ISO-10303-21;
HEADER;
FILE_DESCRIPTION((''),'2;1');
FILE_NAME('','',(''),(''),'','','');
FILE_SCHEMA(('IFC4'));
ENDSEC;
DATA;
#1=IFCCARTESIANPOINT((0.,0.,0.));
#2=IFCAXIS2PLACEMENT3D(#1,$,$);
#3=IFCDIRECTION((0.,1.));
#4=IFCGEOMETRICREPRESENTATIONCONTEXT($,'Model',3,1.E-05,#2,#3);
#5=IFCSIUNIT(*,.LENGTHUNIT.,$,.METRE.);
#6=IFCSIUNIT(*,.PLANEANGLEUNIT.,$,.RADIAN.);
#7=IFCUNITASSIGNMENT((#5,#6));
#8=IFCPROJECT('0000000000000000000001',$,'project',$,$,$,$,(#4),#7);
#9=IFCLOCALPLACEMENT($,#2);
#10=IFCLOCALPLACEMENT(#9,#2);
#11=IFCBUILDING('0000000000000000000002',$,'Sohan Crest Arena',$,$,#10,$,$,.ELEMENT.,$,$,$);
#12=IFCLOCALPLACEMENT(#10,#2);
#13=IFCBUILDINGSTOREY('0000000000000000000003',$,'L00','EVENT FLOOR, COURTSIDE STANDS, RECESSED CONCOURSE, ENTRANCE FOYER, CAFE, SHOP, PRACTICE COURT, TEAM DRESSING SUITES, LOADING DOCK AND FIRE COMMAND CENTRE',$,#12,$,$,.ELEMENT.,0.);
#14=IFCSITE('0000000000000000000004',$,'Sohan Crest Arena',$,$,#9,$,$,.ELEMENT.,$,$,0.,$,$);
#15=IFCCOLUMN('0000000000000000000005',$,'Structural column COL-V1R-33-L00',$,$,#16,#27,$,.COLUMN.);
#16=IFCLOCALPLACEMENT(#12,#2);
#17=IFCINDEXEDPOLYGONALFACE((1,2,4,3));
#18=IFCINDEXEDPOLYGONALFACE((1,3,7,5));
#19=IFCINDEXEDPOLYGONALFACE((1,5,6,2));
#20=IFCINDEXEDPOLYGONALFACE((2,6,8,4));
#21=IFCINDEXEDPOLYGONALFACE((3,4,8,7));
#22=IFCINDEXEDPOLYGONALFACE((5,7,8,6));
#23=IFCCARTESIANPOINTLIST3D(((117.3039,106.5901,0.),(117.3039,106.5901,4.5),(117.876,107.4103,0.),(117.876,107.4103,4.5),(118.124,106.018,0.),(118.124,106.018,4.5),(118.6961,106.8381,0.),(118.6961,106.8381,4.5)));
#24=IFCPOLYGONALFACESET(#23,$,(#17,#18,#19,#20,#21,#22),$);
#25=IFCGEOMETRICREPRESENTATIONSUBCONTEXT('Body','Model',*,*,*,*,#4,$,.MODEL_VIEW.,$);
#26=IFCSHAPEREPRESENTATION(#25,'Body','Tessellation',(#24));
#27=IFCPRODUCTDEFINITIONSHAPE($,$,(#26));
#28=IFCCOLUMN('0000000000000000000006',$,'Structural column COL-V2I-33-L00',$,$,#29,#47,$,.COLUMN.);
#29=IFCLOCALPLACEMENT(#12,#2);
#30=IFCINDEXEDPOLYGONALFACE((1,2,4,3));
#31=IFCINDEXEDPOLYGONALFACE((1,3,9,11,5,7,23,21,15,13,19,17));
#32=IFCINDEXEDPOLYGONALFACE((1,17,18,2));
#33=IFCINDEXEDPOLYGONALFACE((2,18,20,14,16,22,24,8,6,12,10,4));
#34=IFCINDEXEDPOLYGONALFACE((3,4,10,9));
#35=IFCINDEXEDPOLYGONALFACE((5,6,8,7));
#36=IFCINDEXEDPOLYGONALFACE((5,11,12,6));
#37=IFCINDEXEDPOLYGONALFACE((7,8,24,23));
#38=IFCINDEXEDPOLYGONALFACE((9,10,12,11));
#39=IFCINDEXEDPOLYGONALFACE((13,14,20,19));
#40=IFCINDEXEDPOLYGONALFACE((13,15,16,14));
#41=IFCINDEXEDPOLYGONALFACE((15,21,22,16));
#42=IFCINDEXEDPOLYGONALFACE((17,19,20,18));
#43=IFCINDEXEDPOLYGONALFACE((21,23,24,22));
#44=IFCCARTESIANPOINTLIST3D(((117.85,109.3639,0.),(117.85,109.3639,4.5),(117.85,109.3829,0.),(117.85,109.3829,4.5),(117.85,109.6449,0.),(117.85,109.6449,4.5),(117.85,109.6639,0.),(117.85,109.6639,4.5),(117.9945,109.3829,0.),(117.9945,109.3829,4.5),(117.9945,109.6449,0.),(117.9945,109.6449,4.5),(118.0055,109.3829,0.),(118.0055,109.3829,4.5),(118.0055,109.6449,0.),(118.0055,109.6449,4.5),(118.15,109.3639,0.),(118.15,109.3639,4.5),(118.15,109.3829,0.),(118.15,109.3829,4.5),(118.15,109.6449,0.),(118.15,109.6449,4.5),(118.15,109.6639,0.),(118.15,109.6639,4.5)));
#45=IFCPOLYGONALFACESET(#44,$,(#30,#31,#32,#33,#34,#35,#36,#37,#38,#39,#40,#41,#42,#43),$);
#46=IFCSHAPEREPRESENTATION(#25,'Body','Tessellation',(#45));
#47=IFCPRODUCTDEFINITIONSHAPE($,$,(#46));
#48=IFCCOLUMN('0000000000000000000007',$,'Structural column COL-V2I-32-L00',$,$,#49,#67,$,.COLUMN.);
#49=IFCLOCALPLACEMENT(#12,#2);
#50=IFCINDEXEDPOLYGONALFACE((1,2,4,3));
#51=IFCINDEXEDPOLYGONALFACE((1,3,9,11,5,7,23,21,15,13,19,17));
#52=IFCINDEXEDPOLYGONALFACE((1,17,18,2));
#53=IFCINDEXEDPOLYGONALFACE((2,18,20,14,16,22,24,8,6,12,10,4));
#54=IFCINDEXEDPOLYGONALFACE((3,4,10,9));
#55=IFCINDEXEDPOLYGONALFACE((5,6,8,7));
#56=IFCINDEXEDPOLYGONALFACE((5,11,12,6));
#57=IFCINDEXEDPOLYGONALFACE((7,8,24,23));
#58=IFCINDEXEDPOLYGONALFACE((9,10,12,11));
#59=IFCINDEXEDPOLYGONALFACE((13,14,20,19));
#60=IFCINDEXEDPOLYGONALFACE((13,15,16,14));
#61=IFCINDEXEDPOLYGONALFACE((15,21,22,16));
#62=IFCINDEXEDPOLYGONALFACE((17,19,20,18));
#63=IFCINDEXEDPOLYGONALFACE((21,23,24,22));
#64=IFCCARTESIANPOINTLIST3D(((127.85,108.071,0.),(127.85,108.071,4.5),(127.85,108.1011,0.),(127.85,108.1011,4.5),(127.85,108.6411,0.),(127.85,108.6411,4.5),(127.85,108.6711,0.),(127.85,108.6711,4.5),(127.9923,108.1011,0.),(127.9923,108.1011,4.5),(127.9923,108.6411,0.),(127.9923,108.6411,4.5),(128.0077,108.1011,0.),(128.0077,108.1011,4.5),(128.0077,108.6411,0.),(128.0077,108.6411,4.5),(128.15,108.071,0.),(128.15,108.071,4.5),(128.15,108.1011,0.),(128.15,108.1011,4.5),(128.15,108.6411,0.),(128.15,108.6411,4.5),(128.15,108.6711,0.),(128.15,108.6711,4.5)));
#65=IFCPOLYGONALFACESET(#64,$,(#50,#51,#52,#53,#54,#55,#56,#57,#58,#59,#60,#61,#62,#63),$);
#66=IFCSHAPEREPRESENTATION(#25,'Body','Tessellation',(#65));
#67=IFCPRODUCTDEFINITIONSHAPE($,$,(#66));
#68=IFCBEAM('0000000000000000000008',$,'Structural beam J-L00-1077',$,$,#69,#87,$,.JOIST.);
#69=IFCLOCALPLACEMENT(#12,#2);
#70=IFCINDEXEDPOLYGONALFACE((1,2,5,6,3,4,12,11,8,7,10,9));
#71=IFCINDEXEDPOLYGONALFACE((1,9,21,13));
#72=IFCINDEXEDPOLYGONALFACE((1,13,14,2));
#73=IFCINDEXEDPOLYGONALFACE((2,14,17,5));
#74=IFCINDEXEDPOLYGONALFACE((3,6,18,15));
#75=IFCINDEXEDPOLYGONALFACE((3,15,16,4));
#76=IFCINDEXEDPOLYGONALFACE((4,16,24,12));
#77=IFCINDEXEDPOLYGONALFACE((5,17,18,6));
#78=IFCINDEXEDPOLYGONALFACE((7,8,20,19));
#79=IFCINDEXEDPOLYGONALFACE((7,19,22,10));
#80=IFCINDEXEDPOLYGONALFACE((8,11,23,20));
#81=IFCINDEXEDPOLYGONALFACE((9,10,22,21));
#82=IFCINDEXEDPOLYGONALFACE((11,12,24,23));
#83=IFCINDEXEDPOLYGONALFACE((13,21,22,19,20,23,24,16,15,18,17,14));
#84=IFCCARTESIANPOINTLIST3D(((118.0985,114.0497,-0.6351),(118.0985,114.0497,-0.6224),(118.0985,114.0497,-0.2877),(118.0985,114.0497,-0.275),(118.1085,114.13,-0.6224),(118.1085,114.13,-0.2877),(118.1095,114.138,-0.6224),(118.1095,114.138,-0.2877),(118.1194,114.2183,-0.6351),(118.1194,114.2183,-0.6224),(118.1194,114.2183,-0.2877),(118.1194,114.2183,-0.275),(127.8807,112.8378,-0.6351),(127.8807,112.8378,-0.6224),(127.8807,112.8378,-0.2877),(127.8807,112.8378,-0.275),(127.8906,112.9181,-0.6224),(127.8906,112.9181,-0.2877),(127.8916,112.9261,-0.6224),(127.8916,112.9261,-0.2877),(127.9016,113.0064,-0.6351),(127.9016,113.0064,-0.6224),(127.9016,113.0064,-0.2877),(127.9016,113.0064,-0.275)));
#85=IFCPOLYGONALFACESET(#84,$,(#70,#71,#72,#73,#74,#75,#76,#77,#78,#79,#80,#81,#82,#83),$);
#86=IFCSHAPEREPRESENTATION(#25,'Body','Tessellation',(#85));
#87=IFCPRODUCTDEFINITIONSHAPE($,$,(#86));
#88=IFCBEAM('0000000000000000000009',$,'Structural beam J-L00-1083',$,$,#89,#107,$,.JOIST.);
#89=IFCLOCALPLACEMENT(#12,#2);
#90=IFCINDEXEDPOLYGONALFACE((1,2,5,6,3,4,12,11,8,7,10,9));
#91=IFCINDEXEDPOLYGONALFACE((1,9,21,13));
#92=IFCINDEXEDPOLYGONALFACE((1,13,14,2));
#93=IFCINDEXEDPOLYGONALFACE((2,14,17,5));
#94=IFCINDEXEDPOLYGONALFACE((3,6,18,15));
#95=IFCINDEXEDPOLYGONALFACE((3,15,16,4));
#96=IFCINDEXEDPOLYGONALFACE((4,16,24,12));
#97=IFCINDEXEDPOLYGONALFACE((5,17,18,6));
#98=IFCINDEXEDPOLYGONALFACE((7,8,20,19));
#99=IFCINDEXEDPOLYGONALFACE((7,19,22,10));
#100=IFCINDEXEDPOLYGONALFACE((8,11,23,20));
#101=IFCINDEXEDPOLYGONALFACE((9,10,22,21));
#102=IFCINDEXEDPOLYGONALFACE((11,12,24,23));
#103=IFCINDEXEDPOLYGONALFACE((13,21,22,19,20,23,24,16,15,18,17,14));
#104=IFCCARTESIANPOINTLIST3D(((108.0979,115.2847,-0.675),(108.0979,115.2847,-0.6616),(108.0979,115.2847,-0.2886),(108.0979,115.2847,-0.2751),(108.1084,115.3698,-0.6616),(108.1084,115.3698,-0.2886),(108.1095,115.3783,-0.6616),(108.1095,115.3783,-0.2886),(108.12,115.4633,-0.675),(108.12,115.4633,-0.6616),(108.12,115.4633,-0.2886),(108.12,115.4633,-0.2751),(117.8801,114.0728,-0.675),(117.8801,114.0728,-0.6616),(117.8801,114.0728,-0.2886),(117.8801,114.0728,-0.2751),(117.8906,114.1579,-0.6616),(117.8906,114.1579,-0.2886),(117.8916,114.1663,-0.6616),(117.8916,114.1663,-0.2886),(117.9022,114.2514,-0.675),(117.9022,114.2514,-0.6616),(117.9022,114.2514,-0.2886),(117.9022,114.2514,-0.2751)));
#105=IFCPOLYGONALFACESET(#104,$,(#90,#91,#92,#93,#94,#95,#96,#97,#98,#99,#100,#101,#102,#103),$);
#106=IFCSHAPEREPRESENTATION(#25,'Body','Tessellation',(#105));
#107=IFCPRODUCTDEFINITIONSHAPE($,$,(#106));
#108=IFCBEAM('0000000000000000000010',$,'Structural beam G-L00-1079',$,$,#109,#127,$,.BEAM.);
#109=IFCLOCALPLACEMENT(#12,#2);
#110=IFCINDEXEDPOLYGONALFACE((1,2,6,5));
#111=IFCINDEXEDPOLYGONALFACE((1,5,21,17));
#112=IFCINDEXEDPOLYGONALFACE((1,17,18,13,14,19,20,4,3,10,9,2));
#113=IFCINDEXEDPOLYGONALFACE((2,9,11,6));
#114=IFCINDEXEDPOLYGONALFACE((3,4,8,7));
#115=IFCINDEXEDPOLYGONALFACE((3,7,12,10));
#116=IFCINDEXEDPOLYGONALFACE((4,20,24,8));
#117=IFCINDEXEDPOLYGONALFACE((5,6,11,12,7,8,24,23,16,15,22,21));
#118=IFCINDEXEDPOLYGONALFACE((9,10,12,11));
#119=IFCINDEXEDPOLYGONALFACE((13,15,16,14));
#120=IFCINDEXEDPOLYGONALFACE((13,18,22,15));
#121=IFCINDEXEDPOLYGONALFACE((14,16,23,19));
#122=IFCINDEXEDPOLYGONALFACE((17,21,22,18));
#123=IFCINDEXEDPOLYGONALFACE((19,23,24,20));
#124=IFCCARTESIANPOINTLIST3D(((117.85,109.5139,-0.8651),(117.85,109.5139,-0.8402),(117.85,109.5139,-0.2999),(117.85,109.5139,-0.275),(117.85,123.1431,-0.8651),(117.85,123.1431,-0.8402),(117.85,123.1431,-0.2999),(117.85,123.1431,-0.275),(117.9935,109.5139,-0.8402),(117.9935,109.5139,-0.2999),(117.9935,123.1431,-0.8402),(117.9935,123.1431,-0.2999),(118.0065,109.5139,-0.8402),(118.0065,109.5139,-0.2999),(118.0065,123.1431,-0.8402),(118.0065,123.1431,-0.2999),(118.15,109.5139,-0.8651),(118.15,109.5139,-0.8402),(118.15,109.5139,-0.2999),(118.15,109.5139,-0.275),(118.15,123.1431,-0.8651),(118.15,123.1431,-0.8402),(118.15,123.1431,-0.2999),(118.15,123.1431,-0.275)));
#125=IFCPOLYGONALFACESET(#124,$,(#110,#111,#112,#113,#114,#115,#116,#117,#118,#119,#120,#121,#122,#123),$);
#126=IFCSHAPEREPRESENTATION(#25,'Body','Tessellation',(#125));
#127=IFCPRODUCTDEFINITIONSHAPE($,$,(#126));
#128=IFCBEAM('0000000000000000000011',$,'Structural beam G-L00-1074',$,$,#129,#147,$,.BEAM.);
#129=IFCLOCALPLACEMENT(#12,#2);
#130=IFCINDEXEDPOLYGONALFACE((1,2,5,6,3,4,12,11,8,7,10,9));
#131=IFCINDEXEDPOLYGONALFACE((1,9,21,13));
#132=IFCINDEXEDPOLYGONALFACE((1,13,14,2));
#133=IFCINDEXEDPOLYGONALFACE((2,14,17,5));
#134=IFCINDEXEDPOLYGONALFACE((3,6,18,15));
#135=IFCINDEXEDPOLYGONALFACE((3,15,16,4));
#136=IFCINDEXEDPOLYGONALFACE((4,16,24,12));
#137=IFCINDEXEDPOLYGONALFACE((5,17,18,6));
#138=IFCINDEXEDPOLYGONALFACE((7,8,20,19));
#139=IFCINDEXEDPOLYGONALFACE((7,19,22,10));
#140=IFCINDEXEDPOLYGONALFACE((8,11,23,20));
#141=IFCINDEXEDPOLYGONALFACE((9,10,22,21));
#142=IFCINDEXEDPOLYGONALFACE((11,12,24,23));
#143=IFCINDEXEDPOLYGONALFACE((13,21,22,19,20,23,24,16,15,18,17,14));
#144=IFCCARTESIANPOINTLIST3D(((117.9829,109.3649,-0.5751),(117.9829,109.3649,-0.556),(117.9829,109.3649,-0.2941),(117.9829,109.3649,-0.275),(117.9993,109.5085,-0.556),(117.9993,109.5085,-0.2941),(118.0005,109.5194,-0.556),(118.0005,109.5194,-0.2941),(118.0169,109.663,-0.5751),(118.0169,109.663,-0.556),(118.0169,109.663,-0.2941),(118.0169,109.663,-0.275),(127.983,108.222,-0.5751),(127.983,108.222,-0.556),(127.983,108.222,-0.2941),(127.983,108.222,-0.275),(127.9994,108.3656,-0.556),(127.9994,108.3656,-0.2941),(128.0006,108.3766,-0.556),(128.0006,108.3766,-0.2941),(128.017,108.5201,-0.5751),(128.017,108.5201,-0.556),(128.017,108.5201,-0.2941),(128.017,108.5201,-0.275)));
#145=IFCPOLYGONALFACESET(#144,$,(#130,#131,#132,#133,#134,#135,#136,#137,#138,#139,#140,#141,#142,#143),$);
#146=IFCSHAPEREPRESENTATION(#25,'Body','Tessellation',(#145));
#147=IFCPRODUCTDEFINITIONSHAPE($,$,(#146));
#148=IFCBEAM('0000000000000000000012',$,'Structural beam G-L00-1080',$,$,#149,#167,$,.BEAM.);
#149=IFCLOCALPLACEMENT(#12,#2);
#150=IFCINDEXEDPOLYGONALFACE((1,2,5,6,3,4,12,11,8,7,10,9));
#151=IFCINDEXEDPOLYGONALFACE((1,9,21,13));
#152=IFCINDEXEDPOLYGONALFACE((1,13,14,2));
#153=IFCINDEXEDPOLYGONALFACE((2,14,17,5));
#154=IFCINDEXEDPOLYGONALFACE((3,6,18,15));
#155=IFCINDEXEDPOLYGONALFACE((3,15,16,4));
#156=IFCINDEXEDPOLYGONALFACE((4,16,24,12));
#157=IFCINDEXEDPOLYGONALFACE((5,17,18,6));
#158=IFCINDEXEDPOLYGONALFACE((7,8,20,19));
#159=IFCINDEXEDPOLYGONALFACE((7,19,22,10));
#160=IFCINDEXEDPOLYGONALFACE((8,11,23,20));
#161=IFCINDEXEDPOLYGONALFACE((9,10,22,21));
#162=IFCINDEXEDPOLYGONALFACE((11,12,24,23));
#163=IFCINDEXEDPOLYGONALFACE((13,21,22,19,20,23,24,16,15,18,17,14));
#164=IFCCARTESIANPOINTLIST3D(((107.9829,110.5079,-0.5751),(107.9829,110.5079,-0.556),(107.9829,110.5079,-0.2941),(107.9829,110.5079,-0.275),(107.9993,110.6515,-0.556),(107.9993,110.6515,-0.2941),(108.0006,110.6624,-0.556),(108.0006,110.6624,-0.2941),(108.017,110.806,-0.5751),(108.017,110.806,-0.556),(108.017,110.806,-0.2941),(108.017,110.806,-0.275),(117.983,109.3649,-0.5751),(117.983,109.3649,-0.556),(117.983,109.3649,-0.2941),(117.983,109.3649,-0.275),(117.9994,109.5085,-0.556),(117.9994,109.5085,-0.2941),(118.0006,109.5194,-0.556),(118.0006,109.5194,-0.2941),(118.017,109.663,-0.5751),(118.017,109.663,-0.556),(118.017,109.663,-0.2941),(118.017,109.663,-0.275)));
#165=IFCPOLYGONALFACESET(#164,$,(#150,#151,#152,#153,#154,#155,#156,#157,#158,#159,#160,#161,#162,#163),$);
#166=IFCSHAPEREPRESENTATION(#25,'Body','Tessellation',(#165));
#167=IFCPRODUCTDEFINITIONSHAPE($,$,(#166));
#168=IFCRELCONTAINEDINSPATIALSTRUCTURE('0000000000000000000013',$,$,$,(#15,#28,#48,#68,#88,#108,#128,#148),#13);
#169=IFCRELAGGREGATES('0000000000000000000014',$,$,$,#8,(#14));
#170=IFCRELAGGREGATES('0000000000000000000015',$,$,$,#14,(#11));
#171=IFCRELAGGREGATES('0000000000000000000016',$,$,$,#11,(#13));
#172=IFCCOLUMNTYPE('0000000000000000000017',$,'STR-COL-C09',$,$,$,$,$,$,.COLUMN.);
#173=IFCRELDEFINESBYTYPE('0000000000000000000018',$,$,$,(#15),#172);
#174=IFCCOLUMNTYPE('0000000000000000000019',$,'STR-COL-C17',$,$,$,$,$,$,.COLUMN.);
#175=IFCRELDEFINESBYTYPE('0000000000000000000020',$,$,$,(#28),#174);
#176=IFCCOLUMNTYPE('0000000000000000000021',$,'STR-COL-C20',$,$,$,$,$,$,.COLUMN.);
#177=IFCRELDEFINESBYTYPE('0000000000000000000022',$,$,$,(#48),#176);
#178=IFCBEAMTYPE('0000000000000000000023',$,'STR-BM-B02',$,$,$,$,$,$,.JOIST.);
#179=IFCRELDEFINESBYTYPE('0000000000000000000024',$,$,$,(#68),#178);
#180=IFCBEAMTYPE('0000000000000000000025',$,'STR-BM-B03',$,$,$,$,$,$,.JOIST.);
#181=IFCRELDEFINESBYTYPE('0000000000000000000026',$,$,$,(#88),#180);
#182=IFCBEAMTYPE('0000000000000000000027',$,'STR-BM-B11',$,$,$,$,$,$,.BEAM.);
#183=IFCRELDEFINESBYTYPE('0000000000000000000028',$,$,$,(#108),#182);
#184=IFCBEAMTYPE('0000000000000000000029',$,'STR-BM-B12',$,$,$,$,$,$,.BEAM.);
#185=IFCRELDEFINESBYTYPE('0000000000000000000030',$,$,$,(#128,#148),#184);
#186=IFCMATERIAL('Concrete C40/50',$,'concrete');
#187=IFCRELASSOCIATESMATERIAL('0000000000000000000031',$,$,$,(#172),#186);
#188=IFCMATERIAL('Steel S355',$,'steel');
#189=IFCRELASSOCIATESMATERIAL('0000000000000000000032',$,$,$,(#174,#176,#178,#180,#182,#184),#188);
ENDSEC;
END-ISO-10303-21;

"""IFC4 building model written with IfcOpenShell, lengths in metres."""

from ifc_helpers import new_model, si_unit, direction, frame, origin, origin_2d, place, context, subcontext, project, spatial, rectangle, i_section, extrude, material, material_profile, profile_set, type_object, element, save


model = new_model("IFC4")

# Units and contexts
model_context = context("Model", 3, precision=1e-05, world=origin(), true_north=direction((0.0, 1.0)))
body_context = subcontext(model_context, "Body", "Model", "MODEL_VIEW")
ifc_project = project(units=[si_unit("LENGTHUNIT", "METRE"), si_unit("PLANEANGLEUNIT", "RADIAN")], contexts=[model_context])

# Site, building, storey
site_placement = place(None, origin())
site = spatial("IfcSite", under=ifc_project, at=site_placement, Name="Sohan Crest Arena", CompositionType="ELEMENT", RefElevation=0.0)
building_placement = place(site_placement, origin())
building = spatial("IfcBuilding", under=site, at=building_placement, Name="Sohan Crest Arena", CompositionType="ELEMENT")
storey_placement = place(building_placement, origin())
storey = spatial("IfcBuildingStorey", under=building, at=storey_placement, Name="L00", Description="EVENT FLOOR, COURTSIDE STANDS, RECESSED CONCOURSE, ENTRANCE FOYER, CAFE, SHOP, PRACTICE COURT, TEAM DRESSING SUITES, LOADING DOCK AND FIRE COMMAND CENTRE", CompositionType="ELEMENT", Elevation=0.0)

# Columns
ifc_material_1 = material(Name="Concrete C40/50", Category="concrete")
ifc_material_profile_1 = material_profile(ifc_material_1, rectangle(XDim=1.0, YDim=1.0, at=origin_2d()), Name="RC 1000x1000")
ifc_profile_set_1 = profile_set([ifc_material_profile_1], Name="Concrete C40/50")
column_type_1 = type_object("IfcColumnType", Name="STR-COL-C09", PredefinedType="COLUMN", material=ifc_profile_set_1)
column_1_placement = place(storey_placement, frame((118.0, 106.7141, 0.0), z_axis=(0.0, 0.0, 1.0), x_axis=(0.572146, 0.820152, 0.0)))
element("IfcColumn", 1, at=column_1_placement, inside=storey, type_object=column_type_1, Name="Structural column COL-V1R-33-L00", PredefinedType="COLUMN", context=body_context, shape_type="SweptSolid", body=[
    extrude(rectangle(XDim=1.0, YDim=1.0, at=origin_2d()), origin(), (0.0, 0.0, 1.0), 4.5),
])
ifc_material_2 = material(Name="Steel S355", Category="steel")
ifc_material_profile_2 = material_profile(ifc_material_2, i_section(OverallWidth=0.3, OverallDepth=0.3, WebThickness=0.011, FlangeThickness=0.019, at=origin_2d()), Name="HEB 300")
ifc_profile_set_2 = profile_set([ifc_material_profile_2], Name="Steel S355")
column_type_2 = type_object("IfcColumnType", Name="STR-COL-C17", PredefinedType="COLUMN", material=ifc_profile_set_2)
column_2_placement = place(storey_placement, frame((118.0, 109.5139, 0.0), z_axis=(0.0, 0.0, 1.0), x_axis=(1.0, 0.0, 0.0)))
element("IfcColumn", 2, at=column_2_placement, inside=storey, type_object=column_type_2, Name="Structural column COL-V2I-33-L00", PredefinedType="COLUMN", context=body_context, shape_type="SweptSolid", body=[
    extrude(i_section(OverallWidth=0.3, OverallDepth=0.3, WebThickness=0.011, FlangeThickness=0.019, at=origin_2d()), origin(), (0.0, 0.0, 1.0), 4.5),
])
ifc_material_profile_3 = material_profile(ifc_material_2, i_section(OverallWidth=0.3, OverallDepth=0.6001, WebThickness=0.0154, FlangeThickness=0.03, at=origin_2d()), Name="HEB 600")
ifc_profile_set_3 = profile_set([ifc_material_profile_3], Name="Steel S355")
column_type_3 = type_object("IfcColumnType", Name="STR-COL-C20", PredefinedType="COLUMN", material=ifc_profile_set_3)
column_3_placement = place(storey_placement, frame((128.0, 108.3711, 0.0), z_axis=(0.0, 0.0, 1.0), x_axis=(1.0, 0.0, 0.0)))
element("IfcColumn", 3, at=column_3_placement, inside=storey, type_object=column_type_3, Name="Structural column COL-V2I-32-L00", PredefinedType="COLUMN", context=body_context, shape_type="SweptSolid", body=[
    extrude(i_section(OverallWidth=0.3, OverallDepth=0.6001, WebThickness=0.0154, FlangeThickness=0.03, at=origin_2d()), origin(), (0.0, 0.0, 1.0), 4.5),
])

# Beams
ifc_material_profile_4 = material_profile(ifc_material_2, i_section(OverallWidth=0.1699, OverallDepth=0.3601, WebThickness=0.0081, FlangeThickness=0.0127, at=origin_2d()), Name="IPE 360")
ifc_profile_set_4 = profile_set([ifc_material_profile_4], Name="Steel S355")
beam_type_1 = type_object("IfcBeamType", Name="STR-BM-B02", PredefinedType="JOIST", material=ifc_profile_set_4)
beam_1_placement = place(storey_placement, frame((127.8911, 112.9221, -0.4551), z_axis=(-0.992413, 0.122949, 0.0), x_axis=(-0.122949, -0.992413, 0.0)))
element("IfcBeam", 4, at=beam_1_placement, inside=storey, type_object=beam_type_1, Name="Structural beam J-L00-1077", PredefinedType="JOIST", context=body_context, shape_type="SweptSolid", body=[
    extrude(i_section(OverallWidth=0.1699, OverallDepth=0.3601, WebThickness=0.0081, FlangeThickness=0.0127, at=origin_2d()), origin(), (0.0, 0.0, 1.0), 9.8569),
])
ifc_material_profile_5 = material_profile(ifc_material_2, i_section(OverallWidth=0.1799, OverallDepth=0.3999, WebThickness=0.0085, FlangeThickness=0.0134, at=origin_2d()), Name="IPE 400")
ifc_profile_set_5 = profile_set([ifc_material_profile_5], Name="Steel S355")
beam_type_2 = type_object("IfcBeamType", Name="STR-BM-B03", PredefinedType="JOIST", material=ifc_profile_set_5)
beam_2_placement = place(storey_placement, frame((117.8911, 114.1621, -0.4751), z_axis=(-0.992413, 0.122949, 0.0), x_axis=(-0.122949, -0.992413, 0.0)))
element("IfcBeam", 5, at=beam_2_placement, inside=storey, type_object=beam_type_2, Name="Structural beam J-L00-1083", PredefinedType="JOIST", context=body_context, shape_type="SweptSolid", body=[
    extrude(i_section(OverallWidth=0.1799, OverallDepth=0.3999, WebThickness=0.0085, FlangeThickness=0.0134, at=origin_2d()), origin(), (0.0, 0.0, 1.0), 9.8569),
])
ifc_material_profile_6 = material_profile(ifc_material_2, i_section(OverallWidth=0.3, OverallDepth=0.5901, WebThickness=0.0129, FlangeThickness=0.0249, at=origin_2d()), Name="HEA 600")
ifc_profile_set_6 = profile_set([ifc_material_profile_6], Name="Steel S355")
beam_type_3 = type_object("IfcBeamType", Name="STR-BM-B11", PredefinedType="BEAM", material=ifc_profile_set_6)
beam_3_placement = place(storey_placement, frame((118.0, 109.5139, -0.5701), z_axis=(0.0, 1.0, 0.0), x_axis=(-1.0, 0.0, 0.0)))
element("IfcBeam", 6, at=beam_3_placement, inside=storey, type_object=beam_type_3, Name="Structural beam G-L00-1079", PredefinedType="BEAM", context=body_context, shape_type="SweptSolid", body=[
    extrude(i_section(OverallWidth=0.3, OverallDepth=0.5901, WebThickness=0.0129, FlangeThickness=0.0249, at=origin_2d()), origin(), (0.0, 0.0, 1.0), 13.6292),
])
ifc_material_profile_7 = material_profile(ifc_material_2, i_section(OverallWidth=0.3, OverallDepth=0.3, WebThickness=0.011, FlangeThickness=0.019, at=origin_2d()), Name="HEB 300")
ifc_profile_set_7 = profile_set([ifc_material_profile_7], Name="Steel S355")
beam_type_4 = type_object("IfcBeamType", Name="STR-BM-B12", PredefinedType="BEAM", material=ifc_profile_set_7)
for number, where, z_axis, x_axis, name in (
    (7, (128.0, 108.3711, -0.425), (-0.993533, 0.113543, 0.0), (-0.113543, -0.993533, 0.0), "Structural beam G-L00-1074"),
    (8, (118.0, 109.5139, -0.425), (-0.99353, 0.113567, 0.0), (-0.113567, -0.99353, 0.0), "Structural beam G-L00-1080"),
):
    element("IfcBeam", number, at=place(storey_placement, frame(where, z_axis=z_axis, x_axis=x_axis)), inside=storey, type_object=beam_type_4, Name=name, PredefinedType="BEAM", context=body_context, shape_type="SweptSolid", body=[
        extrude(i_section(OverallWidth=0.3, OverallDepth=0.3, WebThickness=0.011, FlangeThickness=0.019, at=origin_2d()), origin(), (0.0, 0.0, 1.0), 10.0652),
    ])

save(model, "model.ifc")
